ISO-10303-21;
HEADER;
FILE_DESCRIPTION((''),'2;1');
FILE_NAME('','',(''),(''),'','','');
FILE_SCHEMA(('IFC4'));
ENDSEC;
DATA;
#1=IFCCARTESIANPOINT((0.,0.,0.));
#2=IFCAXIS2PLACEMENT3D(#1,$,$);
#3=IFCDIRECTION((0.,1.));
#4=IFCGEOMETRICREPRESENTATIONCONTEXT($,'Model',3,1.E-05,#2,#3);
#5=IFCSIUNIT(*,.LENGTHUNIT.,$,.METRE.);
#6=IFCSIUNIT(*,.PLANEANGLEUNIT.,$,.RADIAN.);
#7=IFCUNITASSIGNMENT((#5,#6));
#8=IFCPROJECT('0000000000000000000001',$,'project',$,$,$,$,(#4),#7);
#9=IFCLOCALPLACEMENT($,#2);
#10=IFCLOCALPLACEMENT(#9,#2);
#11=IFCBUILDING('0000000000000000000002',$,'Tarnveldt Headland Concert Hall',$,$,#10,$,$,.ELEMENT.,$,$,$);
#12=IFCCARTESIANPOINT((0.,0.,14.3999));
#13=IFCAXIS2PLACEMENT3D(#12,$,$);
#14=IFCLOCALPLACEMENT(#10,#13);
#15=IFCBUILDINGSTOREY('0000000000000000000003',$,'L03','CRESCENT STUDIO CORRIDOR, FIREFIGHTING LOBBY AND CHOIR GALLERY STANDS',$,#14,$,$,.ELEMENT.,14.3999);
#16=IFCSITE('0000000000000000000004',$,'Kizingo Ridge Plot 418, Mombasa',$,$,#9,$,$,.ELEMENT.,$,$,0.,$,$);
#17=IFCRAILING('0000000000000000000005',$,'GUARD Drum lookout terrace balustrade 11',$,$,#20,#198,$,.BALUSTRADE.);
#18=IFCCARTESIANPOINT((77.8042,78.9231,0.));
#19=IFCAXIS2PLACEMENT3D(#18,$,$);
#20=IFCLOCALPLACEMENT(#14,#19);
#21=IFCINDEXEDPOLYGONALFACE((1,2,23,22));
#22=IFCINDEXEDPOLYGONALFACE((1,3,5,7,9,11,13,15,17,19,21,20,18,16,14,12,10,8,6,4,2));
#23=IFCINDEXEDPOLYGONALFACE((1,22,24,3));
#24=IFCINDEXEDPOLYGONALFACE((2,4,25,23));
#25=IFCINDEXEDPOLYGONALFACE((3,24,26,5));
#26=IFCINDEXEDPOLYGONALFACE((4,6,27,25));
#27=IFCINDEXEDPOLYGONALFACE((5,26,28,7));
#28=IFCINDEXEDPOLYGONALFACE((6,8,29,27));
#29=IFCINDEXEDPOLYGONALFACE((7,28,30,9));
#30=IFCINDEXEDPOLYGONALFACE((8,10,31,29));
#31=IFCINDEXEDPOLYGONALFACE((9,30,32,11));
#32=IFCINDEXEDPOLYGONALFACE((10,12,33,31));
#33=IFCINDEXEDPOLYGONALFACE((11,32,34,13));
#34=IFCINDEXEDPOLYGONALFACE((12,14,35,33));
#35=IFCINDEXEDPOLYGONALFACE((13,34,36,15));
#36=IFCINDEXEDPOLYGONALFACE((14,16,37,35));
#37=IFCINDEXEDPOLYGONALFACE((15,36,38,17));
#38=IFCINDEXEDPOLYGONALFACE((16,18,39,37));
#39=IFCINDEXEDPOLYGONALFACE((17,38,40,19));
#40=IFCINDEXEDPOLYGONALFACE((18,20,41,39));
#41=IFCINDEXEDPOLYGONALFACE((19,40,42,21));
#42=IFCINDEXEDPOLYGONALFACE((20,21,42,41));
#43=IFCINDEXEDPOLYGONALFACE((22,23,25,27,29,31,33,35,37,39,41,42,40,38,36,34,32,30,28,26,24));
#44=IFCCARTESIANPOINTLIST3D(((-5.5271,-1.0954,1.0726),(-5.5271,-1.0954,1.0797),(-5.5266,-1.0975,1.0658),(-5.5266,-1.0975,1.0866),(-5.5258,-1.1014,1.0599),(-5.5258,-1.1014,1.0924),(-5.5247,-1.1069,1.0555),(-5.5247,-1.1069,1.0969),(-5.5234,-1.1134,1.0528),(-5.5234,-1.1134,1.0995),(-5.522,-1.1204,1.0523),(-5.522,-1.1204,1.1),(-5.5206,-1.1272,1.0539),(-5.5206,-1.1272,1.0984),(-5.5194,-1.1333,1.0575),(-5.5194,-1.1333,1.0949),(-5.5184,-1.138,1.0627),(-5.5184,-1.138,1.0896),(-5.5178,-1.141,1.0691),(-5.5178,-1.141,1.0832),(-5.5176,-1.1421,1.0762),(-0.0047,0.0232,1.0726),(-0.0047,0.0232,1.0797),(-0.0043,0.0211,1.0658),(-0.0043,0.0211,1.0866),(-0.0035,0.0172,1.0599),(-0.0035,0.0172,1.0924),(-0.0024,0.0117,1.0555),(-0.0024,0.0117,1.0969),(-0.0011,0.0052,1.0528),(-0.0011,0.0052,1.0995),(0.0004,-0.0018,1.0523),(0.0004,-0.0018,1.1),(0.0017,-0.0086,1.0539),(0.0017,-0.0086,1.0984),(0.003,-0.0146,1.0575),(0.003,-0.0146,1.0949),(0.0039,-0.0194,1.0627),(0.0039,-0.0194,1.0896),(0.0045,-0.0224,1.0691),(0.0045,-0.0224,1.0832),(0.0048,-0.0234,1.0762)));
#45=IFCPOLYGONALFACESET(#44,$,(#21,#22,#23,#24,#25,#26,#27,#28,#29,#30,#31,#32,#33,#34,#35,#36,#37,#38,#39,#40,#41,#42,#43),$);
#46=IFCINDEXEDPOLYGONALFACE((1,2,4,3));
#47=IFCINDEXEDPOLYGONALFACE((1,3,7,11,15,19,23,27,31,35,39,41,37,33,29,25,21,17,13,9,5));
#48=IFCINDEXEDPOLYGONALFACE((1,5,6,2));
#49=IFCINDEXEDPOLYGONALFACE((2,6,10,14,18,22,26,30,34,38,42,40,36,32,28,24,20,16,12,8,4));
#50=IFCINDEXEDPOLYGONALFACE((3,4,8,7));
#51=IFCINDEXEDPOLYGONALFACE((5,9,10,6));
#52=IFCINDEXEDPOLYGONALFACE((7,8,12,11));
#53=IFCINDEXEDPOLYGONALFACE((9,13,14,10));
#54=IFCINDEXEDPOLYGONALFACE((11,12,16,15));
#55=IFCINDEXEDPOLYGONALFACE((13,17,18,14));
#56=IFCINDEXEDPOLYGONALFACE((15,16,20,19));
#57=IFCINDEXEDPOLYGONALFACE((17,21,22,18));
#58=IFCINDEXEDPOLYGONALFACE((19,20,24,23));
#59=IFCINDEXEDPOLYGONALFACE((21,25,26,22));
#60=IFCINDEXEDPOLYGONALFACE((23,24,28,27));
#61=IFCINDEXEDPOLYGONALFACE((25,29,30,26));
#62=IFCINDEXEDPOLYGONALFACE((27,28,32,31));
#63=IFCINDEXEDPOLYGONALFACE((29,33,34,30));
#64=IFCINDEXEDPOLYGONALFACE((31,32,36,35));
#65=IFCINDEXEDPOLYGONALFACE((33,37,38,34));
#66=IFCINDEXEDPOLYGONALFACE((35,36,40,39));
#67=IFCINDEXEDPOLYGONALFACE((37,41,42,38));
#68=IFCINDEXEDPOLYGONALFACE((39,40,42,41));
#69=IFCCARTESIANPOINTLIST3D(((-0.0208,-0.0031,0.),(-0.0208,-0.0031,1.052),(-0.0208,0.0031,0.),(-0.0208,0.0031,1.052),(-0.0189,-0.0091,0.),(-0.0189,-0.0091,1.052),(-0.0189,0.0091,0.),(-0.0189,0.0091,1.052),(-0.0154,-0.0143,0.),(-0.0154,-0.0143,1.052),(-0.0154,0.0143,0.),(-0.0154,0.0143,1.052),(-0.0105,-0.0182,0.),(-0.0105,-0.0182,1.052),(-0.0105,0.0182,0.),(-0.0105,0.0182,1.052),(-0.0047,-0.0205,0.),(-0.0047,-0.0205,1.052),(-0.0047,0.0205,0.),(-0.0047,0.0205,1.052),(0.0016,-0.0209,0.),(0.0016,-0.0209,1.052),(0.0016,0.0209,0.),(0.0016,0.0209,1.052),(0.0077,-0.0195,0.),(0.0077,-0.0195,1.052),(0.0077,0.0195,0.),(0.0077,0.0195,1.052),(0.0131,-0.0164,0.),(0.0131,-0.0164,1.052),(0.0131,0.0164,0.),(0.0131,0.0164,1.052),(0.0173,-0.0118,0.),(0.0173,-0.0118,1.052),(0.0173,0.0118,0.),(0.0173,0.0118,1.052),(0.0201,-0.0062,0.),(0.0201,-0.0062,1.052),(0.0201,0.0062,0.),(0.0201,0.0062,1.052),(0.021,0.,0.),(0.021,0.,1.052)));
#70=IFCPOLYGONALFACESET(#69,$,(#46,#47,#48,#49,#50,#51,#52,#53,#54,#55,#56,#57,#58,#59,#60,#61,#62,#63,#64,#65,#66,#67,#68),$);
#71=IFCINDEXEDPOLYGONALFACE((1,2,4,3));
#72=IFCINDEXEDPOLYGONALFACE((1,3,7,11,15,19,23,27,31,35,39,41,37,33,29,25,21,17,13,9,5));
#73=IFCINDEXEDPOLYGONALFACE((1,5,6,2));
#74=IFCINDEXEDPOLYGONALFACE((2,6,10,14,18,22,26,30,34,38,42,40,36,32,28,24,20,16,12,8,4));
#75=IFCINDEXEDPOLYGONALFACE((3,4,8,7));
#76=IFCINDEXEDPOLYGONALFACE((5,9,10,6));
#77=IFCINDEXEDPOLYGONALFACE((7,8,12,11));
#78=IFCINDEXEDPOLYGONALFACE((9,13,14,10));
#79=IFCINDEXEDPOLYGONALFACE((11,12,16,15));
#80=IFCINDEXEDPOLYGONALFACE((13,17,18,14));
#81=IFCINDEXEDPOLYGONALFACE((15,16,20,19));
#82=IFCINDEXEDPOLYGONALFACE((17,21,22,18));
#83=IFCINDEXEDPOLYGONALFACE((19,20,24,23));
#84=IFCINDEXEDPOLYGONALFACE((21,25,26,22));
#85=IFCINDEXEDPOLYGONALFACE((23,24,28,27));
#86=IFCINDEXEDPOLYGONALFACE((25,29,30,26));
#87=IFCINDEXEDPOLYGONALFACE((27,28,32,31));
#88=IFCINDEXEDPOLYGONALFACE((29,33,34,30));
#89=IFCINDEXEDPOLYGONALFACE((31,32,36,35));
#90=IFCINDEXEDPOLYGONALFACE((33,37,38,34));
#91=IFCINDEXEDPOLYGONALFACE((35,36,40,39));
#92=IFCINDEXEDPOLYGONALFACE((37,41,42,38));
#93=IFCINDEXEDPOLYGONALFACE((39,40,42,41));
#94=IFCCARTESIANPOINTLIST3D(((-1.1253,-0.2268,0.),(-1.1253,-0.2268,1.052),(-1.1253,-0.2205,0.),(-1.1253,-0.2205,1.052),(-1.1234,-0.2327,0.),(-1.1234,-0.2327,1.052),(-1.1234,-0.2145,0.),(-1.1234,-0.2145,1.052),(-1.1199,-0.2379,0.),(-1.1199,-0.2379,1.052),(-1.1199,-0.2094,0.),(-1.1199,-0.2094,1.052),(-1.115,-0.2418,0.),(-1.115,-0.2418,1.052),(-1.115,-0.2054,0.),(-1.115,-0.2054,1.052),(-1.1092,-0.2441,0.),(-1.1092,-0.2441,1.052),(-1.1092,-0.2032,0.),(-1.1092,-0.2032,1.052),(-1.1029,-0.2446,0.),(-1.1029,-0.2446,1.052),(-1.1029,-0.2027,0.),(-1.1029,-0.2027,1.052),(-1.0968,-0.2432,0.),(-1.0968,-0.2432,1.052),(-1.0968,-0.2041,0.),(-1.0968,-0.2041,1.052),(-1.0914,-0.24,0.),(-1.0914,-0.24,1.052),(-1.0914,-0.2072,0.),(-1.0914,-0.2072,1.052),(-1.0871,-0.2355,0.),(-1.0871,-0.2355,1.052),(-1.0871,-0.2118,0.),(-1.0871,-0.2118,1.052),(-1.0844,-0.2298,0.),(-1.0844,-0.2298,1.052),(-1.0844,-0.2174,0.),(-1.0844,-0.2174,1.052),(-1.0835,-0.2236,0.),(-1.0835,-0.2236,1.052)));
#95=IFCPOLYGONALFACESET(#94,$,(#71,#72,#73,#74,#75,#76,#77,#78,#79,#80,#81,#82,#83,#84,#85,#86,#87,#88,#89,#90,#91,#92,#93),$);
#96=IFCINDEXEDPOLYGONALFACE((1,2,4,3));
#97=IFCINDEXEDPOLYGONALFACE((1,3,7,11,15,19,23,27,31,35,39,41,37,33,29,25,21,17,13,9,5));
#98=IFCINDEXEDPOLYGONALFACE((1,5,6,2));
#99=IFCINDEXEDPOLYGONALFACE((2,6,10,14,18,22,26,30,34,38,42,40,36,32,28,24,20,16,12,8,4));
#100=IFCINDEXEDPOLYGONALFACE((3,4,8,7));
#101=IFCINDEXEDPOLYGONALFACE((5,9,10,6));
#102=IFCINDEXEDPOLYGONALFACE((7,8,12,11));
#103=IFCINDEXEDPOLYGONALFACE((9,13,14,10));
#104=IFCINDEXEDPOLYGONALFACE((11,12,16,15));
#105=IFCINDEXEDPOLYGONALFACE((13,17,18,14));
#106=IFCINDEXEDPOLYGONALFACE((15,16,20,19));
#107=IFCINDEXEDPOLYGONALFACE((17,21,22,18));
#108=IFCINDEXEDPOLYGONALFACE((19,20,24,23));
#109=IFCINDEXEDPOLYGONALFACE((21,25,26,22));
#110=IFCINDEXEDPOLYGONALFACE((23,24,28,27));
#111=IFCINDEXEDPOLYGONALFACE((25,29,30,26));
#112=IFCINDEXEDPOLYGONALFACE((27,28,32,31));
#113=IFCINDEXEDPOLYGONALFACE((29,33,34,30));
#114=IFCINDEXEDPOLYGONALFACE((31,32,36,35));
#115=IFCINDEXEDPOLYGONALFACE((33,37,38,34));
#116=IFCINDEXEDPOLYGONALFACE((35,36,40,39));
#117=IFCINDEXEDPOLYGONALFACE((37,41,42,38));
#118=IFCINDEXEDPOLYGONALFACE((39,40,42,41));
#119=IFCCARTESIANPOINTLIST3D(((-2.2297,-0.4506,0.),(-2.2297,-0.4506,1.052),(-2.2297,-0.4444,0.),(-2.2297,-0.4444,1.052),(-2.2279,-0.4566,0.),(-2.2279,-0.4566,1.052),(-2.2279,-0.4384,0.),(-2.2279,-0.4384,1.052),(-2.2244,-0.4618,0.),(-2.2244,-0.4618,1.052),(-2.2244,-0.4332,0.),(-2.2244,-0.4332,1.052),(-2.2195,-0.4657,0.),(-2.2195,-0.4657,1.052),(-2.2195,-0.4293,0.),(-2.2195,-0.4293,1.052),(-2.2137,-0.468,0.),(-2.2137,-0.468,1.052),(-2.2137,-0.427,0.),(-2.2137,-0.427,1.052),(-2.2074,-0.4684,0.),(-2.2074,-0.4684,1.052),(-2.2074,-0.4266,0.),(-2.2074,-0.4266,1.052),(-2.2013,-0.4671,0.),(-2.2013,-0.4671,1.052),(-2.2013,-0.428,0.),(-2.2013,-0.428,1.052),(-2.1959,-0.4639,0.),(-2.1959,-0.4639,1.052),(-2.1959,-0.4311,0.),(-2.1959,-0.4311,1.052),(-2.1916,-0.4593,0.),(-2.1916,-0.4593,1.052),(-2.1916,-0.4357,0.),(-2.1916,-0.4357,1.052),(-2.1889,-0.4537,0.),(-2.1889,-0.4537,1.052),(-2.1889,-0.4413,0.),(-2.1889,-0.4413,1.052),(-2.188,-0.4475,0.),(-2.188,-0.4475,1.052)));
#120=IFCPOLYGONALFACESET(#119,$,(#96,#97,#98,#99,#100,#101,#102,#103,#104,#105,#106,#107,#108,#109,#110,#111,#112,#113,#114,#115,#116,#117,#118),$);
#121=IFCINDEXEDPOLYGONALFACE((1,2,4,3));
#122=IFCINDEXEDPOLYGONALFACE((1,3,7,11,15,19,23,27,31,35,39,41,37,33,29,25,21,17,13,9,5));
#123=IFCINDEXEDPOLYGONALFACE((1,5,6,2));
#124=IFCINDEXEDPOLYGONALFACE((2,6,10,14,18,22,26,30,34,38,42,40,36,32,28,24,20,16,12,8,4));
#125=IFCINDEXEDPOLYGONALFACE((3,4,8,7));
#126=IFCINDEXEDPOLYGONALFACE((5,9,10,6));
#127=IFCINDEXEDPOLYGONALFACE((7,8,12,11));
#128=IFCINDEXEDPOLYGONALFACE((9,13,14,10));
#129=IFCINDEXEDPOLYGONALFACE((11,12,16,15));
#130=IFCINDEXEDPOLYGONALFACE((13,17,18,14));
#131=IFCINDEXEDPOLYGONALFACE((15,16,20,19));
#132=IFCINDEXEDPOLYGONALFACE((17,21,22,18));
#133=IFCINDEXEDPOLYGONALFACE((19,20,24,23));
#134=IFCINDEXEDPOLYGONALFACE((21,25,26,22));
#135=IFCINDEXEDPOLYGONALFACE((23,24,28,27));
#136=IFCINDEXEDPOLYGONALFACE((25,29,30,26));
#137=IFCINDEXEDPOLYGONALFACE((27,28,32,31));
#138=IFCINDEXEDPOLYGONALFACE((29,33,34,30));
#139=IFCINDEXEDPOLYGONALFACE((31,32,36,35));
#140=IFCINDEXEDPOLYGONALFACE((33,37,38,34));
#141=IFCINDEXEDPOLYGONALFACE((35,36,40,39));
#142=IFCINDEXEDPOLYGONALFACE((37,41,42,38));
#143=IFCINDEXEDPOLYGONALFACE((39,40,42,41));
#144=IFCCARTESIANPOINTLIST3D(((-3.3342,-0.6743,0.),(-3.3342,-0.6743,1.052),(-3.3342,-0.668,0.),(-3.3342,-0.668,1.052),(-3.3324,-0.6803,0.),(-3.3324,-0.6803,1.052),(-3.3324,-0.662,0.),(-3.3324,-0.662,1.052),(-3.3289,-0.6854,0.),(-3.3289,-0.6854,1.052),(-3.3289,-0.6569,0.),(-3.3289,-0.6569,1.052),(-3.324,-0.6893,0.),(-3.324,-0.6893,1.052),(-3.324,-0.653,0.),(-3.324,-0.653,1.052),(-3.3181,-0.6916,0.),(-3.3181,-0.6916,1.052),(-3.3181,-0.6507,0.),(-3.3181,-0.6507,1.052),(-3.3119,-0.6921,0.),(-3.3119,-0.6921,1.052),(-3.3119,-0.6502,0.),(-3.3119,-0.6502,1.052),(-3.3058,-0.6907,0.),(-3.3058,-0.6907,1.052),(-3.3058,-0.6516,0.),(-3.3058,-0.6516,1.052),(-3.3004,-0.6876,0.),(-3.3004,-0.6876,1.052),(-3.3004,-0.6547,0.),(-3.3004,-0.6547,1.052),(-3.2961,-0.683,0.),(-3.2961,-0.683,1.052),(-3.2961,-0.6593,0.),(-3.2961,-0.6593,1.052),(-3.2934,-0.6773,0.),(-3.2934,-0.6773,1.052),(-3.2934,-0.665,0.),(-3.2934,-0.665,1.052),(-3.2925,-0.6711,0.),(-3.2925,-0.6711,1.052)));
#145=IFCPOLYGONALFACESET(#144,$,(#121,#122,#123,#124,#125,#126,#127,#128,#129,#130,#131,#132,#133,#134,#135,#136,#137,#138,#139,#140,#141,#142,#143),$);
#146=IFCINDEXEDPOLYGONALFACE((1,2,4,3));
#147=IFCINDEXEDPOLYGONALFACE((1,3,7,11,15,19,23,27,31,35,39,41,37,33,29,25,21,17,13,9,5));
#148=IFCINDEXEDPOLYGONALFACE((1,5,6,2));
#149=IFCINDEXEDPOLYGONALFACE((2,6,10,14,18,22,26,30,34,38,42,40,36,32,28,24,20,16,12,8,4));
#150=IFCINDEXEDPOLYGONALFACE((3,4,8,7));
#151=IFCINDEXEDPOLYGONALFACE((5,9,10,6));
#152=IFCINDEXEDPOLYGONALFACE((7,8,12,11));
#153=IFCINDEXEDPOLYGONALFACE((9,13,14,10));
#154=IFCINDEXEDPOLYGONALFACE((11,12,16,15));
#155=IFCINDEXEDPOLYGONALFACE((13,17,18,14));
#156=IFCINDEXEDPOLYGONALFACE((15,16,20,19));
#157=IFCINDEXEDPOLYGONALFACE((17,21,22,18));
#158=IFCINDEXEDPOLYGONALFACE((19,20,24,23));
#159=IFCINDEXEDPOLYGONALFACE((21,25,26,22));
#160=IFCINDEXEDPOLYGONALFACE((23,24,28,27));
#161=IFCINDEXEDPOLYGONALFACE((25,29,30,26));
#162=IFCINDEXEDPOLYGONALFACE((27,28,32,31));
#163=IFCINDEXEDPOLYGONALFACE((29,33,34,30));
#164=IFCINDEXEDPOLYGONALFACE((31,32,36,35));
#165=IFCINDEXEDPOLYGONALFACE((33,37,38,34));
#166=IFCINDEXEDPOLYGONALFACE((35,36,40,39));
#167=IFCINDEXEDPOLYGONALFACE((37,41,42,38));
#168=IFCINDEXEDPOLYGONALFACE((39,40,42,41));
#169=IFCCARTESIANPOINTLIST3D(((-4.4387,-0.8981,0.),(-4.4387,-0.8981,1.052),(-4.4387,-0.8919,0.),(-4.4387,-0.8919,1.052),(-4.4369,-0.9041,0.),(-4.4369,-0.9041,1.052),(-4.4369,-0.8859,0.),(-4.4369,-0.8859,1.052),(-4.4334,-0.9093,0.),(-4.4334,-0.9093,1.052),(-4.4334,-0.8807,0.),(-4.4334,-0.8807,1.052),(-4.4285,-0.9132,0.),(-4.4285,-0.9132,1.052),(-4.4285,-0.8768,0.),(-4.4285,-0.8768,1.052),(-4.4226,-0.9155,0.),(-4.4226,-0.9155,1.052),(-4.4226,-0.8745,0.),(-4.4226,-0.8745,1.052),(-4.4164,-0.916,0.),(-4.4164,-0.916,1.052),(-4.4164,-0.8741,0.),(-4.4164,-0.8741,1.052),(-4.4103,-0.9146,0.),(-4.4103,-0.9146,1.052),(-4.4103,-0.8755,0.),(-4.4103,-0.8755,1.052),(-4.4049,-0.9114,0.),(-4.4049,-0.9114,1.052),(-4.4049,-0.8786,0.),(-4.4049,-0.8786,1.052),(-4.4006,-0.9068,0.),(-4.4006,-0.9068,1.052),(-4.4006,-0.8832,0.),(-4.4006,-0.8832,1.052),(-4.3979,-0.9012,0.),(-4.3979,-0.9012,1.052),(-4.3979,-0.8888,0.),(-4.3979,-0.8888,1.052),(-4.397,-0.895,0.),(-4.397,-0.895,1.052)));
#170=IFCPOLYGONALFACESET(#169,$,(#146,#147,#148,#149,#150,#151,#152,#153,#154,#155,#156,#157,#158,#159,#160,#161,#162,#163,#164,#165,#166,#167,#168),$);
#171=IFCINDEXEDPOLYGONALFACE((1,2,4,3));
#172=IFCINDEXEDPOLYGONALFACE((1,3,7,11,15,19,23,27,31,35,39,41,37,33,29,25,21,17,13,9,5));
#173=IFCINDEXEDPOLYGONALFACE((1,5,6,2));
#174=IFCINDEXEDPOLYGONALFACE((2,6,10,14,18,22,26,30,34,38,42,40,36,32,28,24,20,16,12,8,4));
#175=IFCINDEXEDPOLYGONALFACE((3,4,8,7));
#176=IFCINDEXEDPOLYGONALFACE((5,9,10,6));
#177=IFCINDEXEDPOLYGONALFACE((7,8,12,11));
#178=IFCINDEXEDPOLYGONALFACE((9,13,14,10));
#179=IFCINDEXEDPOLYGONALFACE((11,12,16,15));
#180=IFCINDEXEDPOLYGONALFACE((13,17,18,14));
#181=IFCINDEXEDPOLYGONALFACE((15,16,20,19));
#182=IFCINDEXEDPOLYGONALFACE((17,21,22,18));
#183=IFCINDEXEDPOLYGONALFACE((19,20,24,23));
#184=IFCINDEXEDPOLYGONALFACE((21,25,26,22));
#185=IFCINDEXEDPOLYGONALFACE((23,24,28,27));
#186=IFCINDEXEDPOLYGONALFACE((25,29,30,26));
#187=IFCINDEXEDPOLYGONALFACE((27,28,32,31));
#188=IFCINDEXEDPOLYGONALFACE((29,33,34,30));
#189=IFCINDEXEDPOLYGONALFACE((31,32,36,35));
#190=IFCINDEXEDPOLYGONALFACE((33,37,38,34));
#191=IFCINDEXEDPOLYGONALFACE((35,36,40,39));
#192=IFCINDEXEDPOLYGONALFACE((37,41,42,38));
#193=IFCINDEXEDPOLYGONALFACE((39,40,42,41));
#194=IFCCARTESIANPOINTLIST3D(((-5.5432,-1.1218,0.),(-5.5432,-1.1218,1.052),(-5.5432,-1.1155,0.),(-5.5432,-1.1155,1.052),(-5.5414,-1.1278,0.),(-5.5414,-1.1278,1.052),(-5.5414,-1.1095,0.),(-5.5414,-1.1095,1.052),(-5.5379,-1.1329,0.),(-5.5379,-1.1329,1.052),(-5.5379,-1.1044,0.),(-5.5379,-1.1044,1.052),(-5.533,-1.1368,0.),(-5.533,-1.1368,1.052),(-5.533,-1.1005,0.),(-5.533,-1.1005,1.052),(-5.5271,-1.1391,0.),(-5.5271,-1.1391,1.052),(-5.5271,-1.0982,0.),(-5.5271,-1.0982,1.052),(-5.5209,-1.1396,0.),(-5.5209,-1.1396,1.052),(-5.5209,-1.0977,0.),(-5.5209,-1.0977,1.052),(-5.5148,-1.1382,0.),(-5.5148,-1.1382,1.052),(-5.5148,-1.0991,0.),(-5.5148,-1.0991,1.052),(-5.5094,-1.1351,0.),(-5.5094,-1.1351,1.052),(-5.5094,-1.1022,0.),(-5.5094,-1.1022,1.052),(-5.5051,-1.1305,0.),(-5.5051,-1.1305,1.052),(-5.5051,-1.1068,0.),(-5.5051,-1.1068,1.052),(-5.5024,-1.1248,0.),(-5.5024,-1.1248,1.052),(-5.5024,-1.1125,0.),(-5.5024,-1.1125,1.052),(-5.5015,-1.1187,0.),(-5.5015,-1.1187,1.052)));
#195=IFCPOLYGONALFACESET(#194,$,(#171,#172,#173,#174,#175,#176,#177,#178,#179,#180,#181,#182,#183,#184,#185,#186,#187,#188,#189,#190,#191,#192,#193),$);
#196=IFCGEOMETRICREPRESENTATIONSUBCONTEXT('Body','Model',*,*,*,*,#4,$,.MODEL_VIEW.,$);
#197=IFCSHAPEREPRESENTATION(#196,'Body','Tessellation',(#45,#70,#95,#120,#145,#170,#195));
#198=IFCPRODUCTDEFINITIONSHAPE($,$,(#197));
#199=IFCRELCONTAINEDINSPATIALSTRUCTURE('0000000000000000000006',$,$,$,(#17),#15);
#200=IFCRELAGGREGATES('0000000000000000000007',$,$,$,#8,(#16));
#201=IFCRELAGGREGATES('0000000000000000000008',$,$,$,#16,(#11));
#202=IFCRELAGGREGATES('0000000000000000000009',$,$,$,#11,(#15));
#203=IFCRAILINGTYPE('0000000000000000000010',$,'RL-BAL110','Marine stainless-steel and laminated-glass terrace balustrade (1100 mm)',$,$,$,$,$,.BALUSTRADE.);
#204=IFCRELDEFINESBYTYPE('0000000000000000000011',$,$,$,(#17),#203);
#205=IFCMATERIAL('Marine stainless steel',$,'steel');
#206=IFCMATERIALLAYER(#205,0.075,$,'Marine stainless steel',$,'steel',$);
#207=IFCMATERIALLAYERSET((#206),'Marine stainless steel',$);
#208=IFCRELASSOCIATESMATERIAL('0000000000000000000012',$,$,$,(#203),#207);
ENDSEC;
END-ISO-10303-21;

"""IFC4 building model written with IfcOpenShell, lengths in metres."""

from ifc_helpers import new_model, si_unit, direction, frame, origin, origin_2d, place, context, subcontext, project, spatial, circle, extrude, material, layer, layer_set, type_object, element, save


model = new_model("IFC4")

# Units and contexts
model_context = context("Model", 3, precision=1e-05, world=origin(), true_north=direction((0.0, 1.0)))
body_context = subcontext(model_context, "Body", "Model", "MODEL_VIEW")
ifc_project = project(units=[si_unit("LENGTHUNIT", "METRE"), si_unit("PLANEANGLEUNIT", "RADIAN")], contexts=[model_context])

# Site, building, storey
site_placement = place(None, origin())
site = spatial("IfcSite", under=ifc_project, at=site_placement, Name="Kizingo Ridge Plot 418, Mombasa", CompositionType="ELEMENT", RefElevation=0.0)
building_placement = place(site_placement, origin())
building = spatial("IfcBuilding", under=site, at=building_placement, Name="Tarnveldt Headland Concert Hall", CompositionType="ELEMENT")
storey_placement = place(building_placement, frame((0.0, 0.0, 14.3999)))
storey = spatial("IfcBuildingStorey", under=building, at=storey_placement, Name="L03", Description="CRESCENT STUDIO CORRIDOR, FIREFIGHTING LOBBY AND CHOIR GALLERY STANDS", CompositionType="ELEMENT", Elevation=14.3999)

# Railing
ifc_material_1 = material(Name="Marine stainless steel", Category="steel")
ifc_layer_1 = layer(ifc_material_1, 0.075, Name="Marine stainless steel", Category="steel")
ifc_layer_set_1 = layer_set([ifc_layer_1], Name="Marine stainless steel")
railing_type = type_object("IfcRailingType", Name="RL-BAL110", Description="Marine stainless-steel and laminated-glass terrace balustrade (1100 mm)", PredefinedType="BALUSTRADE", material=ifc_layer_set_1)
railing_1_placement = place(storey_placement, frame((77.8042, 78.9231, 0.0)))
element("IfcRailing", 1, at=railing_1_placement, inside=storey, type_object=railing_type, Name="GUARD Drum lookout terrace balustrade 11", PredefinedType="BALUSTRADE", context=body_context, shape_type="SweptSolid", body=[
    extrude(circle(Radius=0.0239, at=origin_2d()), frame((0.0, 0.0, 1.0762), z_axis=(-0.980094, -0.198532, 0.0), x_axis=(0.198532, -0.980094, 0.0)), (0.0, 0.0, 1.0), 5.6345),
    extrude(circle(Radius=0.021, at=origin_2d()), origin(), (0.0, 0.0, 1.0), 1.052),
    extrude(circle(Radius=0.021, at=origin_2d()), frame((-1.1045, -0.2236, 0.0)), (0.0, 0.0, 1.0), 1.052),
    extrude(circle(Radius=0.021, at=origin_2d()), frame((-2.209, -0.4475, 0.0)), (0.0, 0.0, 1.0), 1.052),
    extrude(circle(Radius=0.021, at=origin_2d()), frame((-3.3135, -0.6711, 0.0)), (0.0, 0.0, 1.0), 1.052),
    extrude(circle(Radius=0.021, at=origin_2d()), frame((-4.418, -0.895, 0.0)), (0.0, 0.0, 1.0), 1.052),
    extrude(circle(Radius=0.021, at=origin_2d()), frame((-5.5225, -1.1187, 0.0)), (0.0, 0.0, 1.0), 1.052),
])

save(model, "model.ifc")
